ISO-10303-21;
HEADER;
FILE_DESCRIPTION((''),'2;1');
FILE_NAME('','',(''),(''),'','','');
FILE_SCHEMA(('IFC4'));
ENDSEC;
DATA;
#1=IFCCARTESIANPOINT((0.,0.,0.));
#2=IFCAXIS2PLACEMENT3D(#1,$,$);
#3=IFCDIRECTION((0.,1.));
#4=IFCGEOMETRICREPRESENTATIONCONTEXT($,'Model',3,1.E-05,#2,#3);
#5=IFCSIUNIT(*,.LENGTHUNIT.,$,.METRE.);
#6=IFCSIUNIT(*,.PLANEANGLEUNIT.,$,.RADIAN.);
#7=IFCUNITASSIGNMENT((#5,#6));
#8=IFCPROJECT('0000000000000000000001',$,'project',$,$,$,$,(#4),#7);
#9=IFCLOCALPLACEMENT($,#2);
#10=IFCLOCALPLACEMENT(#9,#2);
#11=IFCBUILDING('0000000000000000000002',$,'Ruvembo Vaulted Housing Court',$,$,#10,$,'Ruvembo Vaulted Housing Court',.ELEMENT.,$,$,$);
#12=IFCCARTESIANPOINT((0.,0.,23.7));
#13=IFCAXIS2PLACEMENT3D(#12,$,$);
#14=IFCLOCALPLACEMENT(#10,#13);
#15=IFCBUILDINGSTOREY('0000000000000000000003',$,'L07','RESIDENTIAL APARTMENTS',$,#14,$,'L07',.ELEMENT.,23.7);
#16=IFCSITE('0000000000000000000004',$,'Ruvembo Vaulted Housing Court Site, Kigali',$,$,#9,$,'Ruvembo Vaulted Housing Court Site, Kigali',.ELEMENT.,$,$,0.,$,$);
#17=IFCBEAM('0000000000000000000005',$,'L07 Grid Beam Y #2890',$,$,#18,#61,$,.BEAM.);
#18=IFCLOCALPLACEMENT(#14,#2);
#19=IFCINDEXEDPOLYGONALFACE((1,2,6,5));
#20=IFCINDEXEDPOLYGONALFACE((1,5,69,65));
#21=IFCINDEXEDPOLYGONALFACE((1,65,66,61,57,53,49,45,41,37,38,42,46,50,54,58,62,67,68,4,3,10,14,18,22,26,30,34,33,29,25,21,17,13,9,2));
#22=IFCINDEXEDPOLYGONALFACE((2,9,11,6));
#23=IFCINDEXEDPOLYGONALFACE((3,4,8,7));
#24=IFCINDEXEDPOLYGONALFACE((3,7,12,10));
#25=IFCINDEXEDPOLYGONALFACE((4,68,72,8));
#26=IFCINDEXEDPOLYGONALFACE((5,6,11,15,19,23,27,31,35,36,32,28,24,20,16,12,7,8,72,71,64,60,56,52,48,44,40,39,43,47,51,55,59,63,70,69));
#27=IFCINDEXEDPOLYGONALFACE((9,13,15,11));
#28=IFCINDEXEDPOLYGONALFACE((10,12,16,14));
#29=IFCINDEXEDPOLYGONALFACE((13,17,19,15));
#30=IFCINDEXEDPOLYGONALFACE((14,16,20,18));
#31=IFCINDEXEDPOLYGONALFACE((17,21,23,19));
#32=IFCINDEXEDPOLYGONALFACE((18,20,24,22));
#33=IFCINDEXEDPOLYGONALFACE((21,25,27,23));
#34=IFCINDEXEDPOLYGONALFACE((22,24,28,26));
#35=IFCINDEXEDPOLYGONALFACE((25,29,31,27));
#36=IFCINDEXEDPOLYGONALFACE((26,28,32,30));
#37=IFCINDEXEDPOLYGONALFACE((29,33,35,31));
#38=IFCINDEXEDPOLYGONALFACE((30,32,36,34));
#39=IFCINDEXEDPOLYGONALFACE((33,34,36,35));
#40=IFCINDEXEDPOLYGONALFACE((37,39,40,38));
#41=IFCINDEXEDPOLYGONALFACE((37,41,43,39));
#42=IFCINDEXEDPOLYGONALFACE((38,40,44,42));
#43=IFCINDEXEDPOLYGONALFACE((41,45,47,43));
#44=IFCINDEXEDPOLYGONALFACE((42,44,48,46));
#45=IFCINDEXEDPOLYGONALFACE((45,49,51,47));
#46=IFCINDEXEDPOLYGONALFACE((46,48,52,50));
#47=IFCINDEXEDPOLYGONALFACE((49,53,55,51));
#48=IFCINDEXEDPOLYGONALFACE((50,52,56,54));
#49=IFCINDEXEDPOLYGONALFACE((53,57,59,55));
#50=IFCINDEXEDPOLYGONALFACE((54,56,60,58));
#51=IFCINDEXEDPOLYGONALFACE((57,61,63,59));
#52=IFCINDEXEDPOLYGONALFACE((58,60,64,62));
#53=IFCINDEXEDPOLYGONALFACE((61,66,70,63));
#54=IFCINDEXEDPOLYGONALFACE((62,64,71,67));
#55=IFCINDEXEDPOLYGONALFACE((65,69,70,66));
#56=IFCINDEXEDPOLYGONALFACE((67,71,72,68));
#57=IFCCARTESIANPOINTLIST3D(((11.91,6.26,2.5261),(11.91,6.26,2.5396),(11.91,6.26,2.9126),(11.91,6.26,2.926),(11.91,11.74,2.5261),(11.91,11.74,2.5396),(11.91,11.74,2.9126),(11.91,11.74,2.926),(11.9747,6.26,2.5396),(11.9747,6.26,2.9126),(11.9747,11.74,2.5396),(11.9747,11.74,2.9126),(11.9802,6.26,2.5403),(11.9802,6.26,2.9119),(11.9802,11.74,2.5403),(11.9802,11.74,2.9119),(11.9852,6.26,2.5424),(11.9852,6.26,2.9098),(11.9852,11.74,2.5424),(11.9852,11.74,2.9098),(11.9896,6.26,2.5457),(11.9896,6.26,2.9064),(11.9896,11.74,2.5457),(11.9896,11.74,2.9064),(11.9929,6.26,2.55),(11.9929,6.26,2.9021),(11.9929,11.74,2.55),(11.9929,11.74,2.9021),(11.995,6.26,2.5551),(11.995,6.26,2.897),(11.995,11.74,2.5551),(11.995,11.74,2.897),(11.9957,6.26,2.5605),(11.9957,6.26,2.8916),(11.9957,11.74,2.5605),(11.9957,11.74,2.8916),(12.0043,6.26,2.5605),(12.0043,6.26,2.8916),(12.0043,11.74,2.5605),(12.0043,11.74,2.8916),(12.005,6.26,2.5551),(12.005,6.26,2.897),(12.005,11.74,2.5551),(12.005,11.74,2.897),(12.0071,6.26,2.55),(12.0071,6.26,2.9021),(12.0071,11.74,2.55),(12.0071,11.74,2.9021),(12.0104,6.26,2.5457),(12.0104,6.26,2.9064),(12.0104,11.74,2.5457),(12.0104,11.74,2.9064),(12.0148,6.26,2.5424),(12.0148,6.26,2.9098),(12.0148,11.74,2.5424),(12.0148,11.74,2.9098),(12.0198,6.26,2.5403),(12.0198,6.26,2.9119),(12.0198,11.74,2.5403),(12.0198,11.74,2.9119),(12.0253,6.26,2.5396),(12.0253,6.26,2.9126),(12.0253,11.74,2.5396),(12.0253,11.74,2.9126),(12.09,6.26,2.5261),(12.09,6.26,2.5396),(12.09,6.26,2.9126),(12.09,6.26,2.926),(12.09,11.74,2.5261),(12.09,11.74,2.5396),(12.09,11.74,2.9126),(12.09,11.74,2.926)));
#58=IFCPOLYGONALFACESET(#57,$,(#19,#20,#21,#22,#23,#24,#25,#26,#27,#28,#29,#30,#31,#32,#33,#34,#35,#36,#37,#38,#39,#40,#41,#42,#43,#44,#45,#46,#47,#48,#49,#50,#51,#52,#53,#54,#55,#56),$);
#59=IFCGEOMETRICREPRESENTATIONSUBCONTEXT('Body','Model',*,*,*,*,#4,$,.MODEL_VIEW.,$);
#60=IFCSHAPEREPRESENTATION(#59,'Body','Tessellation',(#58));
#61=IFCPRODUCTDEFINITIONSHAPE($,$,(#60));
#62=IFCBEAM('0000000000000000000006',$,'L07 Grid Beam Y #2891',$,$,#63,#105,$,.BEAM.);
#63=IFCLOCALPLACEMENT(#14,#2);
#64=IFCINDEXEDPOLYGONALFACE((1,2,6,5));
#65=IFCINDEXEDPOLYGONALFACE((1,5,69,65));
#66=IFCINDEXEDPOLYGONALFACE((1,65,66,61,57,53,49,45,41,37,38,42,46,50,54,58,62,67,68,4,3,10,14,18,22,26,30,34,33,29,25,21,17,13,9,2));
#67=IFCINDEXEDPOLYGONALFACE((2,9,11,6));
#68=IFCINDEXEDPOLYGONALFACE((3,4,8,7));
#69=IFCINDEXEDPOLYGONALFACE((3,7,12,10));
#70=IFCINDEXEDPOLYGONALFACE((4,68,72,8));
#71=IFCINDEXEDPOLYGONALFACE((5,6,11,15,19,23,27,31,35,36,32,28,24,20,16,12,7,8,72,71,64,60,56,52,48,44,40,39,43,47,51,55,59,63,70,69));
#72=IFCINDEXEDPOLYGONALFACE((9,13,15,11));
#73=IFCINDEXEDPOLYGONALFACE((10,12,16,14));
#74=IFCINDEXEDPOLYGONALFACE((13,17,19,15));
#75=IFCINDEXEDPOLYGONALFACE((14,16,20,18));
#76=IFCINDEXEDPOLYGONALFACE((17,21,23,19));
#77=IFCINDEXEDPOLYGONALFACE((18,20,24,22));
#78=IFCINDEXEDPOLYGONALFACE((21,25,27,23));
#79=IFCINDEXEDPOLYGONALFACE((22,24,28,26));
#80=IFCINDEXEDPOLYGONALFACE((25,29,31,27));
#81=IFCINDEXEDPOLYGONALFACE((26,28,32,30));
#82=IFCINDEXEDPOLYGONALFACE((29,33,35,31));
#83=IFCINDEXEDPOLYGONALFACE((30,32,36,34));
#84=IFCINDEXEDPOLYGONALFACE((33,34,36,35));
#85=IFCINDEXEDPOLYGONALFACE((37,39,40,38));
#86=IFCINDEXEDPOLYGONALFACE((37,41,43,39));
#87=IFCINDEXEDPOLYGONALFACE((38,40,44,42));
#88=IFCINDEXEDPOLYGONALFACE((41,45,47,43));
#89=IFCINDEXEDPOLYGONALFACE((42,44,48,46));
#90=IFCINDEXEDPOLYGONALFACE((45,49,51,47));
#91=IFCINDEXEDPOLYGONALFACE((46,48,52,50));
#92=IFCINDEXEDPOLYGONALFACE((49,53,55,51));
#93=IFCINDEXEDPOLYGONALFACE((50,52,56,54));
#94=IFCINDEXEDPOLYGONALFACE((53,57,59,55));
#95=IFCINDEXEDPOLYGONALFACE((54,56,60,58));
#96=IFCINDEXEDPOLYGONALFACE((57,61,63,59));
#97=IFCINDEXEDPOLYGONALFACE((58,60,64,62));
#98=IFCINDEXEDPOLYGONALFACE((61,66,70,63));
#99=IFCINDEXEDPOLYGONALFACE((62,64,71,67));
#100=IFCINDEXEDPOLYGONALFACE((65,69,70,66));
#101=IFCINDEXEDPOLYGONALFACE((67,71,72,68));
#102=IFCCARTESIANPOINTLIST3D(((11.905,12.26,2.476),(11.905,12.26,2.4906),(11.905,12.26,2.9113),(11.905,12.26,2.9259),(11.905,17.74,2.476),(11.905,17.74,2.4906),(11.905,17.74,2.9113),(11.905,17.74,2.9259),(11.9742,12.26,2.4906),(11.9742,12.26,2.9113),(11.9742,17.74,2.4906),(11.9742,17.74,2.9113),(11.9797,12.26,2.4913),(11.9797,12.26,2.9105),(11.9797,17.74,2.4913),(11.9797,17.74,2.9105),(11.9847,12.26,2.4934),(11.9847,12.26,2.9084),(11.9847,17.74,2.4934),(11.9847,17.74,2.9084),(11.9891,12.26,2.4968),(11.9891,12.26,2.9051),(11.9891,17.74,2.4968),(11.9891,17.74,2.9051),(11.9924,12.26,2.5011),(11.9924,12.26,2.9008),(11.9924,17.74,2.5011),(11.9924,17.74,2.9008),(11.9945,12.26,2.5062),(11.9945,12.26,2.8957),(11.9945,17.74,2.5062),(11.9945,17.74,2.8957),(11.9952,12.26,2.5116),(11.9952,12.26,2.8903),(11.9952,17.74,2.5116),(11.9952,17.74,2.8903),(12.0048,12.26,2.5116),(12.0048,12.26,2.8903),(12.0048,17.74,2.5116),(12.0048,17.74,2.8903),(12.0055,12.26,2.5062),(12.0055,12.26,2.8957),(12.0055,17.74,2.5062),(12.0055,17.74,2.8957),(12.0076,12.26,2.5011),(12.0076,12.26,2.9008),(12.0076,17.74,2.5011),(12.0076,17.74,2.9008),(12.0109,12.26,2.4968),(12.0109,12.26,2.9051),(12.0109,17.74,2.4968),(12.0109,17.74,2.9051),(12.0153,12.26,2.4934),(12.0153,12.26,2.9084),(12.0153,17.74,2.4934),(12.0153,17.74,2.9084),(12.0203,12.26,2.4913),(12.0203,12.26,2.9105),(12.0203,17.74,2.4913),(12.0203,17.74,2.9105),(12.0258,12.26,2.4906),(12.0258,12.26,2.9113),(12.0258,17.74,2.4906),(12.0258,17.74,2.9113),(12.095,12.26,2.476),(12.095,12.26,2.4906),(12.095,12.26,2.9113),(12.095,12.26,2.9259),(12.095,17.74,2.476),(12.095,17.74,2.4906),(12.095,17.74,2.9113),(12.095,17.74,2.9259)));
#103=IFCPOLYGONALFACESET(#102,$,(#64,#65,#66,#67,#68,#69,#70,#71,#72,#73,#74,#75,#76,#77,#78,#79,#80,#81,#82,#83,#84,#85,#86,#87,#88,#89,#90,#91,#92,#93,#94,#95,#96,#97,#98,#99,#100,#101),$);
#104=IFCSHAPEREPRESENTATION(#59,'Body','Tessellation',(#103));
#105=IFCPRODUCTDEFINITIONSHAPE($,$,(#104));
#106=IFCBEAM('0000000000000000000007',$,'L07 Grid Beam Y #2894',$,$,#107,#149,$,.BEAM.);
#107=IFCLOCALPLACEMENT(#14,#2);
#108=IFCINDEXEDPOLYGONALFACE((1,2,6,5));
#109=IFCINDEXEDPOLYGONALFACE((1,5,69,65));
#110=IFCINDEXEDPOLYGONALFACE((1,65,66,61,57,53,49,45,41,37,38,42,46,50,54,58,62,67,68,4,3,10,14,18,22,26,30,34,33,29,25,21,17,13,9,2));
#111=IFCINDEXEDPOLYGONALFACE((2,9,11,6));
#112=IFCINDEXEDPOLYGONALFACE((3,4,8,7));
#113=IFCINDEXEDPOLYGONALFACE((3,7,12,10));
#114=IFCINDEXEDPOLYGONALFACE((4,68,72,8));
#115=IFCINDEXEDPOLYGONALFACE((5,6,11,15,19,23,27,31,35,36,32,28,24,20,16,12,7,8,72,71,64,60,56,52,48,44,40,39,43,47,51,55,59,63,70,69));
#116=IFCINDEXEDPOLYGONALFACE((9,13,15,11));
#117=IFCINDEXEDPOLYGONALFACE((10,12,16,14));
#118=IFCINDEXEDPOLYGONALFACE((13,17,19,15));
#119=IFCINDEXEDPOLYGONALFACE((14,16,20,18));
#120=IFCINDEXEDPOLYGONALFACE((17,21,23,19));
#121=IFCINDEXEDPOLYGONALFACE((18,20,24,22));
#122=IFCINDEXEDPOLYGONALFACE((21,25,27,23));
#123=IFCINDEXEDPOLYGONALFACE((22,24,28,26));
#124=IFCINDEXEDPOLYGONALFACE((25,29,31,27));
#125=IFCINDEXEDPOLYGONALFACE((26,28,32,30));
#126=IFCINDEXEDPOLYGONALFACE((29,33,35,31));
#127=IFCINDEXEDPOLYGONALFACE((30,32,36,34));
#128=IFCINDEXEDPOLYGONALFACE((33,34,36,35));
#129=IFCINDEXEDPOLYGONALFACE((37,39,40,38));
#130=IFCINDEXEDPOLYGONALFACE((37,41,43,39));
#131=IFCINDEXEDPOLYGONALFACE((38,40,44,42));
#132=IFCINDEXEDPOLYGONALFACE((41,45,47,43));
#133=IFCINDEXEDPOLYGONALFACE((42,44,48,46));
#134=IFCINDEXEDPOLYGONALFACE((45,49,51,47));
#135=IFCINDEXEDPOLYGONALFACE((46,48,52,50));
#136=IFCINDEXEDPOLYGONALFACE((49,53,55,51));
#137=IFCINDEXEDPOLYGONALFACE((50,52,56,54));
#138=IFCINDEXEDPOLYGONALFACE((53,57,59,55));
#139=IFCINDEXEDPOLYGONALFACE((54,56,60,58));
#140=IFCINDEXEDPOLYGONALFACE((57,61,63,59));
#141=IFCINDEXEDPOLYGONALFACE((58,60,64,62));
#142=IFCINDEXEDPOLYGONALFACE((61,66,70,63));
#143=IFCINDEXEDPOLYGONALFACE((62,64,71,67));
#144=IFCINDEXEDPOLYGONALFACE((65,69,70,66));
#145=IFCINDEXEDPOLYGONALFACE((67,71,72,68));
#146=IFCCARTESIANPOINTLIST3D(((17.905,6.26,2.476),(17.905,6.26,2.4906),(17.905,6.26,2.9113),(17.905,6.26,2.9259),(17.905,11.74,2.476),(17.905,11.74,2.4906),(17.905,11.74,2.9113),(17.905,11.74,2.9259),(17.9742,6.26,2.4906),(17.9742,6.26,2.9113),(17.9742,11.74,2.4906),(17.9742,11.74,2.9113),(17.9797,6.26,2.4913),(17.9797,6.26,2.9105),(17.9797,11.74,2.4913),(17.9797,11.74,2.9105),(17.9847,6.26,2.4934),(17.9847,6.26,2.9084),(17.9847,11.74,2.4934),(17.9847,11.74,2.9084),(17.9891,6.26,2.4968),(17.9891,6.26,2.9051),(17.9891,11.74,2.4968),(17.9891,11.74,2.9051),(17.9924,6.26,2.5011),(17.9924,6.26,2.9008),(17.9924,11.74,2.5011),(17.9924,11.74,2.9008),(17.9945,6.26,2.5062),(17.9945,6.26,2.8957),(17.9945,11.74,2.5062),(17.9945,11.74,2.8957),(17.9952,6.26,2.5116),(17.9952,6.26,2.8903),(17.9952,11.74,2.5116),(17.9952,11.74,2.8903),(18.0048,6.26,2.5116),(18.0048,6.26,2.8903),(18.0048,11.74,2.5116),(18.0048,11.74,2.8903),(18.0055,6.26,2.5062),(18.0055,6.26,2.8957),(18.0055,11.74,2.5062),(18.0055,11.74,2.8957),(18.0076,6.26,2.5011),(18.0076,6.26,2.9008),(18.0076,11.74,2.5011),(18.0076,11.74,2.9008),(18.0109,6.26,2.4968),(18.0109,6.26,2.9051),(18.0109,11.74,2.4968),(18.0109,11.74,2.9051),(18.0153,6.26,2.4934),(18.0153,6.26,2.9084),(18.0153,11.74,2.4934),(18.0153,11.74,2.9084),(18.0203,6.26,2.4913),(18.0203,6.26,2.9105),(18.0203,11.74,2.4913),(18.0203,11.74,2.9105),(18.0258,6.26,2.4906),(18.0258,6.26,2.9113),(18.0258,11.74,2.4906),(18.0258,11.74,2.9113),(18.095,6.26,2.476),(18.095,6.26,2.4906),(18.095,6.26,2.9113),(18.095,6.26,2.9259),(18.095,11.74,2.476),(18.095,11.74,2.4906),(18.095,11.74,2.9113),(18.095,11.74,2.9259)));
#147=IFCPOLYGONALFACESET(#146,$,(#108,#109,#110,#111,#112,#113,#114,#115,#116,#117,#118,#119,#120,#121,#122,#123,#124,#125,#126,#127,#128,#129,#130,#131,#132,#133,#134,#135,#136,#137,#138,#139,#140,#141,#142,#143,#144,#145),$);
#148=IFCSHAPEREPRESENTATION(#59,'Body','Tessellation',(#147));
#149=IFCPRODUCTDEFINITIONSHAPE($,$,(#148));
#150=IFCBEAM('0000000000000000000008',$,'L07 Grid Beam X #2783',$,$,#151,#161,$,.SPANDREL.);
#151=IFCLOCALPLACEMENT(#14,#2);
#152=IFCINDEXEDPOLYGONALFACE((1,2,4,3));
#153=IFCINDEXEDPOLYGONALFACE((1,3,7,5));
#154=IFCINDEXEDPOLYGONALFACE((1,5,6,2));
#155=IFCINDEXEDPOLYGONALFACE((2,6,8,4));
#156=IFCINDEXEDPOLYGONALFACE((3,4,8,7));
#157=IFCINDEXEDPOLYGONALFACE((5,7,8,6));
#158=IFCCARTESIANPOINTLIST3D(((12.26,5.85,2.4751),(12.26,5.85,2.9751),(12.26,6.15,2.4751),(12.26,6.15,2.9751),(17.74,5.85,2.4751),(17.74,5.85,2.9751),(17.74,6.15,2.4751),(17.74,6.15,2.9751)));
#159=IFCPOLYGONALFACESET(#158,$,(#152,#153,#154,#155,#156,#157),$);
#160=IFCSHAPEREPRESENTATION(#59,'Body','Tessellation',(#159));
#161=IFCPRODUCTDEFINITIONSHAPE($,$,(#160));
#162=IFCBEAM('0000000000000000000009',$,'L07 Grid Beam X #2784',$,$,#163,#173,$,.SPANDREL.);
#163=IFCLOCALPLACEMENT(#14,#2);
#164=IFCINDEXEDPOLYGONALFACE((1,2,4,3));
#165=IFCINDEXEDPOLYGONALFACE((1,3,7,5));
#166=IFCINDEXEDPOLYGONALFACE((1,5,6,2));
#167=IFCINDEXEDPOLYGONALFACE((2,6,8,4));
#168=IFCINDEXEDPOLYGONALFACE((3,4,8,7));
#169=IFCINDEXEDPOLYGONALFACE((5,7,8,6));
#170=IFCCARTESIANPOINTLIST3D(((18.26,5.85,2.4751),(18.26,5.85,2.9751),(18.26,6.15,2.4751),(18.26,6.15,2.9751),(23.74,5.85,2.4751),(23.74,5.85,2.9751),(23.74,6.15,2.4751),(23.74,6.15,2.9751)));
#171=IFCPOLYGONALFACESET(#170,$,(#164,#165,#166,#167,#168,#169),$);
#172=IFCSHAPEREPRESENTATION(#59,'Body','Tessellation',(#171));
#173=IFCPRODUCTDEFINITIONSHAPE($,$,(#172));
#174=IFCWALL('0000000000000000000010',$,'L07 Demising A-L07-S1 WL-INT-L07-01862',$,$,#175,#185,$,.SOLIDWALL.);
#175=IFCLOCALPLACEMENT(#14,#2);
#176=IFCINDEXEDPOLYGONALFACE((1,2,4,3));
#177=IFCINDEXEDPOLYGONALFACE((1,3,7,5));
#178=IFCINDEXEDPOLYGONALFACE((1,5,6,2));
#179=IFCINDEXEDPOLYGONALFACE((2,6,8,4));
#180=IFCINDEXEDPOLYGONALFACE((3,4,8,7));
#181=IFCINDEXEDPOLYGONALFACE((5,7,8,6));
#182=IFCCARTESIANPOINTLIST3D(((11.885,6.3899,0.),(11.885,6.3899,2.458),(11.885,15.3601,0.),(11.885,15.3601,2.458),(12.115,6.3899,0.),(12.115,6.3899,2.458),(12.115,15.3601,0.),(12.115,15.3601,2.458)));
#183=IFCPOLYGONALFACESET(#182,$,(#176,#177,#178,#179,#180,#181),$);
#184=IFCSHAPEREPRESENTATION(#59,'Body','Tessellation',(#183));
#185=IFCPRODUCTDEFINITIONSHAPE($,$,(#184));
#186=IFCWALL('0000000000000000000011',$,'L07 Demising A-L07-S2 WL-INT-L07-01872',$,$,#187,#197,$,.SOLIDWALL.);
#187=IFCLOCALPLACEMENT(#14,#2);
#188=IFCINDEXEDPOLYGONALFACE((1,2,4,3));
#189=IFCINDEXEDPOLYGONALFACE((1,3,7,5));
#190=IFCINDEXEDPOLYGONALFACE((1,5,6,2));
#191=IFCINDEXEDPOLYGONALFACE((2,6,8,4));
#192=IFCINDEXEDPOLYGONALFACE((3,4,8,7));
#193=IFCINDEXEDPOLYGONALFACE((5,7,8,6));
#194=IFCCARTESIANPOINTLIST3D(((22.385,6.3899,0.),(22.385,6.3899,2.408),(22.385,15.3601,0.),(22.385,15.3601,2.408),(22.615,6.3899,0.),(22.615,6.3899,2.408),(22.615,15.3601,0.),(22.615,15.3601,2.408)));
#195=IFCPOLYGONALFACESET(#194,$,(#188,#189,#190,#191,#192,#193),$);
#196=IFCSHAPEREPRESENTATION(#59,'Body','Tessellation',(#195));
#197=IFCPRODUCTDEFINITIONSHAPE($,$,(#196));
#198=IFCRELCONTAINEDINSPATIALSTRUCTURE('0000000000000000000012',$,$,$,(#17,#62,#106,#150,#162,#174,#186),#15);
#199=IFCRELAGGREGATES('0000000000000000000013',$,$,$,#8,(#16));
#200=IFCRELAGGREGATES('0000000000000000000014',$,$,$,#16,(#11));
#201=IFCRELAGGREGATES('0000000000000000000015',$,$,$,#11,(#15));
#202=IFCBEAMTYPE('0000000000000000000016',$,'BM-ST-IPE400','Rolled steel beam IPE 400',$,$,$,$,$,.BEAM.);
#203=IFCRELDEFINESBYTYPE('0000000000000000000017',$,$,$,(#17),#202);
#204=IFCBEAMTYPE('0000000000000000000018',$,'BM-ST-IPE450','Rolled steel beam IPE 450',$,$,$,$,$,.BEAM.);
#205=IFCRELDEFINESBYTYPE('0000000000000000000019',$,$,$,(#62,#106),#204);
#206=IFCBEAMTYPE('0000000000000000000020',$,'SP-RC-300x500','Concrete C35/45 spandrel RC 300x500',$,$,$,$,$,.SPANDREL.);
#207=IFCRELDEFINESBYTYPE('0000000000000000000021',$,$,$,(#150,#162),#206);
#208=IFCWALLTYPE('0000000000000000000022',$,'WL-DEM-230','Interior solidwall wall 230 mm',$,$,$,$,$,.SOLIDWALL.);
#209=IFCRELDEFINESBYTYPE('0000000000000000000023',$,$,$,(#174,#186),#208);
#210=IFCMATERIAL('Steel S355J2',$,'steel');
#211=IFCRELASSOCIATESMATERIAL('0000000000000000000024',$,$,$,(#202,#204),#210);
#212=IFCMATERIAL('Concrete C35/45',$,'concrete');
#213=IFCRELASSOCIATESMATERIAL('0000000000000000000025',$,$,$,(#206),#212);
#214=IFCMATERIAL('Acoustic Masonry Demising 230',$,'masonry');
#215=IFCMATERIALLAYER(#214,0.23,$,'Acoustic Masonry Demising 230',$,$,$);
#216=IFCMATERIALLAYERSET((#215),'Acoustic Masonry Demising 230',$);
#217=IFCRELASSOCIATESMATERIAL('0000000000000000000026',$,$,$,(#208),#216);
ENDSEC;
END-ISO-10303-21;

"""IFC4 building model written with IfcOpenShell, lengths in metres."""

from ifc_helpers import new_model, si_unit, direction, frame, frame_2d, origin, origin_2d, place, context, subcontext, project, spatial, rectangle, i_section, extrude, material, layer, layer_set, material_profile, profile_set, type_object, element, save


model = new_model("IFC4")

# Units and contexts
model_context = context("Model", 3, precision=1e-05, world=origin(), true_north=direction((0.0, 1.0)))
body_context = subcontext(model_context, "Body", "Model", "MODEL_VIEW")
ifc_project = project(units=[si_unit("LENGTHUNIT", "METRE"), si_unit("PLANEANGLEUNIT", "RADIAN")], contexts=[model_context])

# Site, building, storey
site_placement = place(None, origin())
site = spatial("IfcSite", under=ifc_project, at=site_placement, Name="Ruvembo Vaulted Housing Court Site, Kigali", LongName="Ruvembo Vaulted Housing Court Site, Kigali", CompositionType="ELEMENT", RefElevation=0.0)
building_placement = place(site_placement, origin())
building = spatial("IfcBuilding", under=site, at=building_placement, Name="Ruvembo Vaulted Housing Court", LongName="Ruvembo Vaulted Housing Court", CompositionType="ELEMENT")
storey_placement = place(building_placement, frame((0.0, 0.0, 23.7)))
storey = spatial("IfcBuildingStorey", under=building, at=storey_placement, Name="L07", Description="RESIDENTIAL APARTMENTS", LongName="L07", CompositionType="ELEMENT", Elevation=23.7)

# Shared definitions
ifc_material_1 = material(Name="Concrete C35/45", Category="concrete")

# Beams
ifc_material_2 = material(Name="Steel S355J2", Category="steel")
ifc_material_profile_1 = material_profile(ifc_material_2, i_section(OverallWidth=0.1799, OverallDepth=0.3999, WebThickness=0.0085, FlangeThickness=0.0134, FilletRadius=0.021, at=origin_2d()), Name="IPE 400")
ifc_profile_set_1 = profile_set([ifc_material_profile_1], Name="Steel S355J2")
beam_type_1 = type_object("IfcBeamType", Name="BM-ST-IPE400", Description="Rolled steel beam IPE 400", PredefinedType="BEAM", material=ifc_profile_set_1)
for number, where, z_axis, x_axis, name in (
    (1, (12.0, 6.26, 2.7261), (0.0, 1.0, 0.0), (-1.0, 0.0, 0.0), "L07 Grid Beam Y #2890"),
):
    element("IfcBeam", number, at=place(storey_placement, frame(where, z_axis=z_axis, x_axis=x_axis)), inside=storey, type_object=beam_type_1, Name=name, PredefinedType="BEAM", context=body_context, shape_type="SweptSolid", body=[
        extrude(i_section(OverallWidth=0.1799, OverallDepth=0.3999, WebThickness=0.0085, FlangeThickness=0.0134, FilletRadius=0.021, at=origin_2d()), origin(), (0.0, 0.0, 1.0), 5.48),
    ])
ifc_material_profile_2 = material_profile(ifc_material_2, i_section(OverallWidth=0.1899, OverallDepth=0.45, WebThickness=0.0095, FlangeThickness=0.0146, FilletRadius=0.021, at=origin_2d()), Name="IPE 450")
ifc_profile_set_2 = profile_set([ifc_material_profile_2], Name="Steel S355J2")
beam_type_2 = type_object("IfcBeamType", Name="BM-ST-IPE450", Description="Rolled steel beam IPE 450", PredefinedType="BEAM", material=ifc_profile_set_2)
for number, where, z_axis, x_axis, name in (
    (2, (12.0, 12.26, 2.7009), (0.0, 1.0, 0.0), (-1.0, 0.0, 0.0), "L07 Grid Beam Y #2891"),
    (3, (18.0, 6.26, 2.7009), (0.0, 1.0, 0.0), (-1.0, 0.0, 0.0), "L07 Grid Beam Y #2894"),
):
    element("IfcBeam", number, at=place(storey_placement, frame(where, z_axis=z_axis, x_axis=x_axis)), inside=storey, type_object=beam_type_2, Name=name, PredefinedType="BEAM", context=body_context, shape_type="SweptSolid", body=[
        extrude(i_section(OverallWidth=0.1899, OverallDepth=0.45, WebThickness=0.0095, FlangeThickness=0.0146, FilletRadius=0.021, at=origin_2d()), origin(), (0.0, 0.0, 1.0), 5.48),
    ])
ifc_material_profile_3 = material_profile(ifc_material_1, rectangle(XDim=0.3, YDim=0.5, at=origin_2d()), Name="RC 300x500")
ifc_profile_set_3 = profile_set([ifc_material_profile_3], Name="Concrete C35/45")
beam_type_3 = type_object("IfcBeamType", Name="SP-RC-300x500", Description="Concrete C35/45 spandrel RC 300x500", PredefinedType="SPANDREL", material=ifc_profile_set_3)
for number, where, z_axis, x_axis, name in (
    (4, (12.26, 6.0, 2.7251), (1.0, 0.0, 0.0), (0.0, 1.0, 0.0), "L07 Grid Beam X #2783"),
    (5, (18.26, 6.0, 2.7251), (1.0, 0.0, 0.0), (0.0, 1.0, 0.0), "L07 Grid Beam X #2784"),
):
    element("IfcBeam", number, at=place(storey_placement, frame(where, z_axis=z_axis, x_axis=x_axis)), inside=storey, type_object=beam_type_3, Name=name, PredefinedType="SPANDREL", context=body_context, shape_type="SweptSolid", body=[
        extrude(rectangle(XDim=0.3, YDim=0.5, at=origin_2d()), origin(), (0.0, 0.0, 1.0), 5.48),
    ])

# Walls
ifc_material_3 = material(Name="Acoustic Masonry Demising 230", Category="masonry")
ifc_layer_1 = layer(ifc_material_3, 0.23, Name="Acoustic Masonry Demising 230")
ifc_layer_set_1 = layer_set([ifc_layer_1], Name="Acoustic Masonry Demising 230")
wall_type_1 = type_object("IfcWallType", Name="WL-DEM-230", Description="Interior solidwall wall 230 mm", PredefinedType="SOLIDWALL", material=ifc_layer_set_1)
wall_1_placement = place(storey_placement, frame((12.0, 6.3899, 0.0), z_axis=(0.0, 0.0, 1.0), x_axis=(0.0, 1.0, 0.0)))
element("IfcWall", 6, at=wall_1_placement, inside=storey, type_object=wall_type_1, Name="L07 Demising A-L07-S1 WL-INT-L07-01862", PredefinedType="SOLIDWALL", context=body_context, shape_type="SweptSolid", body=[
    extrude(rectangle(XDim=8.9702, YDim=0.23, at=frame_2d((4.4851, 0.0))), origin(), (0.0, 0.0, 1.0), 2.458),
])
wall_2_placement = place(storey_placement, frame((22.5, 6.3899, 0.0), z_axis=(0.0, 0.0, 1.0), x_axis=(0.0, 1.0, 0.0)))
element("IfcWall", 7, at=wall_2_placement, inside=storey, type_object=wall_type_1, Name="L07 Demising A-L07-S2 WL-INT-L07-01872", PredefinedType="SOLIDWALL", context=body_context, shape_type="SweptSolid", body=[
    extrude(rectangle(XDim=8.9702, YDim=0.23, at=frame_2d((4.4851, 0.0))), origin(), (0.0, 0.0, 1.0), 2.408),
])

save(model, "model.ifc")
